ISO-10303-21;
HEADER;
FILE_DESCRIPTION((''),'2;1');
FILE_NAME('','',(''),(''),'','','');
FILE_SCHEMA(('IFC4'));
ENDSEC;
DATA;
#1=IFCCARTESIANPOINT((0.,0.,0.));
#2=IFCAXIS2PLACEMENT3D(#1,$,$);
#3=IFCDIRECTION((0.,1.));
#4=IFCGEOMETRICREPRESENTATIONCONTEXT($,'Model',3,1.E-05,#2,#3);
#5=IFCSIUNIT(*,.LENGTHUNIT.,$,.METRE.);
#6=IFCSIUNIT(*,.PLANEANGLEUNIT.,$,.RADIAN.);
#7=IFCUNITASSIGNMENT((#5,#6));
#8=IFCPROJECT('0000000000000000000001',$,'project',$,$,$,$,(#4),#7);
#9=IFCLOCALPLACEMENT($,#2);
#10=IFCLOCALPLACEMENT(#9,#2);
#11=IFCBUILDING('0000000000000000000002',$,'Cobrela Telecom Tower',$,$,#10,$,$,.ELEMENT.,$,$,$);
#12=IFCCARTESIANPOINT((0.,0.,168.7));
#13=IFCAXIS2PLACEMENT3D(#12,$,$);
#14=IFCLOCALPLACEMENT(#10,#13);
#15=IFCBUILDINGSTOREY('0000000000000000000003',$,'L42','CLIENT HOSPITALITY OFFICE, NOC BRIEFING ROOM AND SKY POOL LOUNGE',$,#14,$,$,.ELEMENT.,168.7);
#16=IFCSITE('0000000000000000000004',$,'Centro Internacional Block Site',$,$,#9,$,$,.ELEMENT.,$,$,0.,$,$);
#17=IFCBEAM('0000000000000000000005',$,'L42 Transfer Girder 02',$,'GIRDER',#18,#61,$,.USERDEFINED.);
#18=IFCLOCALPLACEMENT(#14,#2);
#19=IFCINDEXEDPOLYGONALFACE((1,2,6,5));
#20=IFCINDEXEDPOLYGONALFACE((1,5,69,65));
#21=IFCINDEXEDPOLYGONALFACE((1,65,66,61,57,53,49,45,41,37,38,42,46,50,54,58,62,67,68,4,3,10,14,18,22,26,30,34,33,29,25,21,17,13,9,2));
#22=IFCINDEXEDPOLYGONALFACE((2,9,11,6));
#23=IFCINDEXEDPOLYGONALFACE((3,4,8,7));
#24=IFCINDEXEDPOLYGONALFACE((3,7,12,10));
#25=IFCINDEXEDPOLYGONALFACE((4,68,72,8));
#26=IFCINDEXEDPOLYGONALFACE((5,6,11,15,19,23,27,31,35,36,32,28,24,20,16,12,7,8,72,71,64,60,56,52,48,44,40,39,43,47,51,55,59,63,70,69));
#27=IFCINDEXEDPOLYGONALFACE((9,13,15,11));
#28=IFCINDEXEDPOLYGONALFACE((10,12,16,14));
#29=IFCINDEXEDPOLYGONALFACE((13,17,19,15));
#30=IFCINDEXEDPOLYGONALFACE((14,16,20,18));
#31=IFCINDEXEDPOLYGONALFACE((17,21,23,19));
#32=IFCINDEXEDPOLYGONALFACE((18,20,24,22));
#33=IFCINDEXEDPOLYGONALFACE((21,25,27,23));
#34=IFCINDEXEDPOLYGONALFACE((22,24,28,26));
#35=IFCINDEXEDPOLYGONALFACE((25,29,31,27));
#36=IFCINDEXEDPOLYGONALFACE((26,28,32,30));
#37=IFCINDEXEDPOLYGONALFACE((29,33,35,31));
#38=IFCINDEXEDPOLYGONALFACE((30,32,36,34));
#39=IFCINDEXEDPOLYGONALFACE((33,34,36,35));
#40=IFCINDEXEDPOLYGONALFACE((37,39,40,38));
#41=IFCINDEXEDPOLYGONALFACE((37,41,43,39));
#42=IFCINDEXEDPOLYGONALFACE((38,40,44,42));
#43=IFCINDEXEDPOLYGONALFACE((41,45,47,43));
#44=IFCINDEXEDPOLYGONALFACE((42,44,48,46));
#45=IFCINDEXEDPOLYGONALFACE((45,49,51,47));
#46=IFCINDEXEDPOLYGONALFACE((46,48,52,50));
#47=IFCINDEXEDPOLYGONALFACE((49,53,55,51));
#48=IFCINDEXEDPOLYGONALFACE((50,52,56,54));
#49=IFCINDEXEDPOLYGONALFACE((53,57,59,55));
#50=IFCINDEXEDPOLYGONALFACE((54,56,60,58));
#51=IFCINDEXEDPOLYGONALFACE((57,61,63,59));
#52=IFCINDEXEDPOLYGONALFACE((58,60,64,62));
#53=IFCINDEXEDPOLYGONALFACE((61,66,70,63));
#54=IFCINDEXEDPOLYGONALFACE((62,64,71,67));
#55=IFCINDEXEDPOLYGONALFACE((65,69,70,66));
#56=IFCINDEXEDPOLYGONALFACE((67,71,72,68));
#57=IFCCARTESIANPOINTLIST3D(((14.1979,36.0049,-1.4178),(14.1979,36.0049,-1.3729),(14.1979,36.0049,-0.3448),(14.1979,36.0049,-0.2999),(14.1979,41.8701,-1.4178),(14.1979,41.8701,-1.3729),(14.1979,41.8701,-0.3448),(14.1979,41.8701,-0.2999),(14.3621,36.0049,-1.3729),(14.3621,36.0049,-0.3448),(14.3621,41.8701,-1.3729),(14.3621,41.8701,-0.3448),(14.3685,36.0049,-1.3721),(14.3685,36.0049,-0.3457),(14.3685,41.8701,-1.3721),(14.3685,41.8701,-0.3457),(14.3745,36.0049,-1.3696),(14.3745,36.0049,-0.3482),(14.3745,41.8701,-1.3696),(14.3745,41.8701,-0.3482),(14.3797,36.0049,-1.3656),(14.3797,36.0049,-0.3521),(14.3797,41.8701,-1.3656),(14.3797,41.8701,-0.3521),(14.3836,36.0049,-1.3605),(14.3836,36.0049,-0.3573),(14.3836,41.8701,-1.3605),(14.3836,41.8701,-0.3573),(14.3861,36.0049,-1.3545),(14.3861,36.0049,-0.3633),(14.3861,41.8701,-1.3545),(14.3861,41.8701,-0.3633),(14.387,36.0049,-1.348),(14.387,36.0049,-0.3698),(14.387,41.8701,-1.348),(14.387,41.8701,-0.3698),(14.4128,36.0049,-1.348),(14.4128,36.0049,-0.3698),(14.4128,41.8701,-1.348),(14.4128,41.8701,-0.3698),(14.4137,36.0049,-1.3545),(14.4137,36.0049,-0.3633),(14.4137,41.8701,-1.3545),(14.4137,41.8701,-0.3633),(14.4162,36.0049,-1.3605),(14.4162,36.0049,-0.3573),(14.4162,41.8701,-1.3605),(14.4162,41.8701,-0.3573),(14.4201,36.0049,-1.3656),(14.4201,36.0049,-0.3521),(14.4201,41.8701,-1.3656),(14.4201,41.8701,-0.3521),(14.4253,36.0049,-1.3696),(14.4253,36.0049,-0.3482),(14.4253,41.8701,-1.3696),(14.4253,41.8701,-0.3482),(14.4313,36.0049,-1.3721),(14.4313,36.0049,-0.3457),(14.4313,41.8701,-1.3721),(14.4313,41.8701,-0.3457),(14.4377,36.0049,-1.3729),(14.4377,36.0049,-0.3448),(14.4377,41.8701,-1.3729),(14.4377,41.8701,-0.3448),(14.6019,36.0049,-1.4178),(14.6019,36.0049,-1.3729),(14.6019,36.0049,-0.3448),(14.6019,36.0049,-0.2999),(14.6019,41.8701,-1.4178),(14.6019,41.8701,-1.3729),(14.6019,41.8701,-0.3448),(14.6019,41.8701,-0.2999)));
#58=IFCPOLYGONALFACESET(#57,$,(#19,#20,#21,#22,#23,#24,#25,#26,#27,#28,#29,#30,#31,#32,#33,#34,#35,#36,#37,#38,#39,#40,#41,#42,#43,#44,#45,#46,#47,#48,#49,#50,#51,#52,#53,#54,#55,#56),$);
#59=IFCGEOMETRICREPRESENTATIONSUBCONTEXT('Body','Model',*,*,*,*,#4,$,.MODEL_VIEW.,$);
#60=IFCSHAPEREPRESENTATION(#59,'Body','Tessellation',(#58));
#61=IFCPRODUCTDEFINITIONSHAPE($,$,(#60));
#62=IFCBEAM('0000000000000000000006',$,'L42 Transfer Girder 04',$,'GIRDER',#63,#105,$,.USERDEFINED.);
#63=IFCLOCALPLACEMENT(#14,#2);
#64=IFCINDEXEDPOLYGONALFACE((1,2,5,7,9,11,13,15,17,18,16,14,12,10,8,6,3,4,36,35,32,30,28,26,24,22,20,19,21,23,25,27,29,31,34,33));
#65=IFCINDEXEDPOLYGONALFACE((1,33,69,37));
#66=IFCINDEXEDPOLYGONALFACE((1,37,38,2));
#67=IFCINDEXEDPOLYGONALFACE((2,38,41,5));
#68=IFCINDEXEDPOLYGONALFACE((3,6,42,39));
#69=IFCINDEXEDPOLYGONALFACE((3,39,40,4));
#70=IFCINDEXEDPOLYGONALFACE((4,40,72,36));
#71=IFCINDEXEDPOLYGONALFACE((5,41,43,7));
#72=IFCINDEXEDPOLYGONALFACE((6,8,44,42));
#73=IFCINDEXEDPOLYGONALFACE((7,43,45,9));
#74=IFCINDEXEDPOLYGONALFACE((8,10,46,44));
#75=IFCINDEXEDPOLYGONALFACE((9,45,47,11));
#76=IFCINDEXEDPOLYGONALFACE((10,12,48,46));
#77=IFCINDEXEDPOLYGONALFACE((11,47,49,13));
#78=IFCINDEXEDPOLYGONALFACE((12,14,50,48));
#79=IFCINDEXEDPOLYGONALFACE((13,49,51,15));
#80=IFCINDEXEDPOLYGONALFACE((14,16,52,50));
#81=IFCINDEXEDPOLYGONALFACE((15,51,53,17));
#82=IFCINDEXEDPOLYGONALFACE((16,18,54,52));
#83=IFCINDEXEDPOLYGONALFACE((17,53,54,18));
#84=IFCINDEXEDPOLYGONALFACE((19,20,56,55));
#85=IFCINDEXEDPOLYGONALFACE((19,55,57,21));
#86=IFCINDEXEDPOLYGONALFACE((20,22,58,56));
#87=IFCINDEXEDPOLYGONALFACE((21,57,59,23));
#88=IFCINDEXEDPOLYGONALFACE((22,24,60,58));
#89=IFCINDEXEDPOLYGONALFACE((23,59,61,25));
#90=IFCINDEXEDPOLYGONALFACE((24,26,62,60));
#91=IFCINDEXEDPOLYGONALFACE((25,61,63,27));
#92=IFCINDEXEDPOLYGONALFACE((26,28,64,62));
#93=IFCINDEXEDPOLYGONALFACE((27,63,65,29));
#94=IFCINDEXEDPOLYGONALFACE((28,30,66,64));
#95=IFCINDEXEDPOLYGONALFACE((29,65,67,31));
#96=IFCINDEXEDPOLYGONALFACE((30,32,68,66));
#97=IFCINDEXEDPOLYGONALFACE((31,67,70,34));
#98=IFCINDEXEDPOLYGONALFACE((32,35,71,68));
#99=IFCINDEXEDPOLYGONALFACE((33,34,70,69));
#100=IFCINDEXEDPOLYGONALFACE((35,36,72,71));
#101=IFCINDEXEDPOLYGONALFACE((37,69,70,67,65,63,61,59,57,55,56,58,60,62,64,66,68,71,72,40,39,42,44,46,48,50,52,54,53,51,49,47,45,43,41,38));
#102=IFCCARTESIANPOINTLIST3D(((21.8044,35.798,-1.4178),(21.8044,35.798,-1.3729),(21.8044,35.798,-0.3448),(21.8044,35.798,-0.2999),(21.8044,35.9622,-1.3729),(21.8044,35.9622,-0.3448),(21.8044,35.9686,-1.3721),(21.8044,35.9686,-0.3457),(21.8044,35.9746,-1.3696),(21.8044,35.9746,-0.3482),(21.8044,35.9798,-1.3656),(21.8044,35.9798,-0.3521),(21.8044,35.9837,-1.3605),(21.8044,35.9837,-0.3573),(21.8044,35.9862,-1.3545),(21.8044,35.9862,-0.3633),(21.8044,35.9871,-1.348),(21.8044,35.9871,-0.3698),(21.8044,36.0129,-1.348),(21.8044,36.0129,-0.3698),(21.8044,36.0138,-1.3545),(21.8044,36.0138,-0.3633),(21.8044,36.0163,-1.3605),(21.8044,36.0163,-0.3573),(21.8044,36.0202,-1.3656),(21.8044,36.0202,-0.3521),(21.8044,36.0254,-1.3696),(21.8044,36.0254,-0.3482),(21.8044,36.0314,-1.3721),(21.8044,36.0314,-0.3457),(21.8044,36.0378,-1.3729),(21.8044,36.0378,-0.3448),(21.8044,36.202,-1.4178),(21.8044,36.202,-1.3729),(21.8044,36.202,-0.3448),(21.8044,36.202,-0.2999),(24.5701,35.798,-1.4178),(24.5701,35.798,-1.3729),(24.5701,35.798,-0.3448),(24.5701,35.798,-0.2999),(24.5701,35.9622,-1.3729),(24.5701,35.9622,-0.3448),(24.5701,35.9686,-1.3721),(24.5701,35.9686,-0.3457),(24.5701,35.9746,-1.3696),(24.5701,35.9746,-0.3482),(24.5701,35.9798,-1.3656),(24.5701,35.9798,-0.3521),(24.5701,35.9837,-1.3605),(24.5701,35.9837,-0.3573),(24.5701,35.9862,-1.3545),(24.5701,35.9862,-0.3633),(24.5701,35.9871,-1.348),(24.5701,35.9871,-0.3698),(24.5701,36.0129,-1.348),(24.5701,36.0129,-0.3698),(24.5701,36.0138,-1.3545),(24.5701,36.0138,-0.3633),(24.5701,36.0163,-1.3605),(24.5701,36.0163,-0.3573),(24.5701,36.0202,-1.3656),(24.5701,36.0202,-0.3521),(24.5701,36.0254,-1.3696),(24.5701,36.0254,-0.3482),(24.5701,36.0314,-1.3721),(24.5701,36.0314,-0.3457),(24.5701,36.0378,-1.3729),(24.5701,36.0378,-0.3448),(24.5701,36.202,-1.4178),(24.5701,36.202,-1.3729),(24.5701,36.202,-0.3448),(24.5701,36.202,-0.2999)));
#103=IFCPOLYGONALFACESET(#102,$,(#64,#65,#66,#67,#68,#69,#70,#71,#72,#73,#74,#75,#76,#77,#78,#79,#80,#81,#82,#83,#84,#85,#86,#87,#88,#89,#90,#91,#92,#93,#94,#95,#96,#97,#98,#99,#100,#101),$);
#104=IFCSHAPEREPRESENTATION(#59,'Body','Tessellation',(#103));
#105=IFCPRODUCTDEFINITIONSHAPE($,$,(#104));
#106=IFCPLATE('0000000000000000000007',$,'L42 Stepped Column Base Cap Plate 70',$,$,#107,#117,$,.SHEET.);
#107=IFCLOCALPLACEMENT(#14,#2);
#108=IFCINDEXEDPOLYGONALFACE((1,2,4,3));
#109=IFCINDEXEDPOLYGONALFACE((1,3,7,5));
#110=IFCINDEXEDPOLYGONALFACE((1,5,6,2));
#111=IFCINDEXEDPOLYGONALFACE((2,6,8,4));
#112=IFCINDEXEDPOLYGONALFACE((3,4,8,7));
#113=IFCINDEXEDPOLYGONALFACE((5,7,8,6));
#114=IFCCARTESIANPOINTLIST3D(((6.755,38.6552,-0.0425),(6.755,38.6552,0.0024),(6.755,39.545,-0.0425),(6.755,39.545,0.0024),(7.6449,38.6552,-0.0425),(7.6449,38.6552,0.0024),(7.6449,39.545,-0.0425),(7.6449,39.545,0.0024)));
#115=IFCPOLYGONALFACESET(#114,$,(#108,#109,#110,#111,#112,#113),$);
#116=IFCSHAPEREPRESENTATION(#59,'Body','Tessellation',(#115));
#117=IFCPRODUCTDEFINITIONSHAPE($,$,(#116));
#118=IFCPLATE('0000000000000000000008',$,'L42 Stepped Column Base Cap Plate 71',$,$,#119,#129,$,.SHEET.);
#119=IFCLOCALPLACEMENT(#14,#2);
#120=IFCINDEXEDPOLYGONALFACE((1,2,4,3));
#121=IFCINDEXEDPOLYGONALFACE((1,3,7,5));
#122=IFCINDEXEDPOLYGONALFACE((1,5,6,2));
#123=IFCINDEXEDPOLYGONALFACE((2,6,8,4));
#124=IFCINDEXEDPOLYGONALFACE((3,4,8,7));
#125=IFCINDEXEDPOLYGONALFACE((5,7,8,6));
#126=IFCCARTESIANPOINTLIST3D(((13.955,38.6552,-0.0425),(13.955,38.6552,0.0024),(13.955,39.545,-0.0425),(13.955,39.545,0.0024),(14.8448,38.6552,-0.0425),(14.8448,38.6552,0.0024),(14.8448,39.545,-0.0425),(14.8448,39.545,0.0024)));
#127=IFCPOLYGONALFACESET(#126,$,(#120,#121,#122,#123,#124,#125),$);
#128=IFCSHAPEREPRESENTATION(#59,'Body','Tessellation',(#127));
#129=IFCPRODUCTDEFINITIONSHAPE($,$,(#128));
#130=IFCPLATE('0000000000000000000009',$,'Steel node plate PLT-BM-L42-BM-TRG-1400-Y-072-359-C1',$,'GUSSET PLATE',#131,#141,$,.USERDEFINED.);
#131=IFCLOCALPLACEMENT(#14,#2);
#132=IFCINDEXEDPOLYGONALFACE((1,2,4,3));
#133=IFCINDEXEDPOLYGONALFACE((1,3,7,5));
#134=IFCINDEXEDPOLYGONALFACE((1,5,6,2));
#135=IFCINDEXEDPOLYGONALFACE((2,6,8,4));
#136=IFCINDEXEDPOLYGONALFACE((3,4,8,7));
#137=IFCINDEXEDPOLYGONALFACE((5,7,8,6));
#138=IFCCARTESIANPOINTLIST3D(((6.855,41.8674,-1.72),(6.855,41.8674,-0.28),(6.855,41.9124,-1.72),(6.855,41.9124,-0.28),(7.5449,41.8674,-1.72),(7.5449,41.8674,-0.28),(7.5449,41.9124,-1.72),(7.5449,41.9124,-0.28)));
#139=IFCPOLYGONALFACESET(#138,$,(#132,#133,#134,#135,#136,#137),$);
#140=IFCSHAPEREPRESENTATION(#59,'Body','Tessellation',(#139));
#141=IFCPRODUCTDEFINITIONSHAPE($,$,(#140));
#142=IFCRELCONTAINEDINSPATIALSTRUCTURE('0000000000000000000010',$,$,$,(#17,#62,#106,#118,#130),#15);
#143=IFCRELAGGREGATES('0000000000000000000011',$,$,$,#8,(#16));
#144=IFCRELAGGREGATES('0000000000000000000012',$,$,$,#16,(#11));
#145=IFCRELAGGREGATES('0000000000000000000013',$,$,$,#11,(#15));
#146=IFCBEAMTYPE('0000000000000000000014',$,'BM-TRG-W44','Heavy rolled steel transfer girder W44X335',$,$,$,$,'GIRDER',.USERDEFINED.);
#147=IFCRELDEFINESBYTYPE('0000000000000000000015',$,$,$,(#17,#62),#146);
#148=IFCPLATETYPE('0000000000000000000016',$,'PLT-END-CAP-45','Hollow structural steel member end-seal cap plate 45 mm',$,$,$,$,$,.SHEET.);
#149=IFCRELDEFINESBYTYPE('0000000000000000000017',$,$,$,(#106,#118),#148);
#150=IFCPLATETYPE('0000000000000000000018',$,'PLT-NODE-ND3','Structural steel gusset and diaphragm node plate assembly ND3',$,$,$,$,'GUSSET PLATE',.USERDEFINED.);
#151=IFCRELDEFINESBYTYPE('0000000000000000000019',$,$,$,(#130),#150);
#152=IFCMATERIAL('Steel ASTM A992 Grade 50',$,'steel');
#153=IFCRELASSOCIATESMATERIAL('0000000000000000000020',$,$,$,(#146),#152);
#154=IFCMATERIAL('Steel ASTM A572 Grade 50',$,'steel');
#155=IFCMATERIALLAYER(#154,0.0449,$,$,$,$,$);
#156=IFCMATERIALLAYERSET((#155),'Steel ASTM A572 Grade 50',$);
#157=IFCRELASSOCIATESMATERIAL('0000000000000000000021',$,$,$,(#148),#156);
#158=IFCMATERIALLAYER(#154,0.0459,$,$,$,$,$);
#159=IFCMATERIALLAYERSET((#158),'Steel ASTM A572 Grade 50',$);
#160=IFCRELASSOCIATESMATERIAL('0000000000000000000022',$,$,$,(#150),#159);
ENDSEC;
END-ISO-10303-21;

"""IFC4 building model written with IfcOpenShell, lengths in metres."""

from ifc_helpers import new_model, si_unit, direction, frame, origin, origin_2d, place, context, subcontext, project, spatial, rectangle, i_section, extrude, material, layer, layer_set, material_profile, profile_set, type_object, element, save


model = new_model("IFC4")

# Units and contexts
model_context = context("Model", 3, precision=1e-05, world=origin(), true_north=direction((0.0, 1.0)))
body_context = subcontext(model_context, "Body", "Model", "MODEL_VIEW")
ifc_project = project(units=[si_unit("LENGTHUNIT", "METRE"), si_unit("PLANEANGLEUNIT", "RADIAN")], contexts=[model_context])

# Site, building, storey
site_placement = place(None, origin())
site = spatial("IfcSite", under=ifc_project, at=site_placement, Name="Centro Internacional Block Site", CompositionType="ELEMENT", RefElevation=0.0)
building_placement = place(site_placement, origin())
building = spatial("IfcBuilding", under=site, at=building_placement, Name="Cobrela Telecom Tower", CompositionType="ELEMENT")
storey_placement = place(building_placement, frame((0.0, 0.0, 168.7)))
storey = spatial("IfcBuildingStorey", under=building, at=storey_placement, Name="L42", Description="CLIENT HOSPITALITY OFFICE, NOC BRIEFING ROOM AND SKY POOL LOUNGE", CompositionType="ELEMENT", Elevation=168.7)

# Shared definitions
ifc_material_1 = material(Name="Steel ASTM A572 Grade 50", Category="steel")

# Beams
ifc_material_2 = material(Name="Steel ASTM A992 Grade 50", Category="steel")
ifc_material_profile_1 = material_profile(ifc_material_2, i_section(OverallWidth=0.4041, OverallDepth=1.1179, WebThickness=0.0259, FlangeThickness=0.0449, FilletRadius=0.0249, at=origin_2d()), Name="W44X335")
ifc_profile_set_1 = profile_set([ifc_material_profile_1], Name="Steel ASTM A992 Grade 50")
beam_type_1 = type_object("IfcBeamType", Name="BM-TRG-W44", Description="Heavy rolled steel transfer girder W44X335", ElementType="GIRDER", PredefinedType="USERDEFINED", material=ifc_profile_set_1)
beam_1_placement = place(storey_placement, frame((14.3999, 36.0049, -0.8589), z_axis=(0.0, 1.0, 0.0), x_axis=(-1.0, 0.0, 0.0)))
element("IfcBeam", 1, at=beam_1_placement, inside=storey, type_object=beam_type_1, Name="L42 Transfer Girder 02", ObjectType="GIRDER", PredefinedType="USERDEFINED", context=body_context, shape_type="SweptSolid", body=[
    extrude(i_section(OverallWidth=0.4041, OverallDepth=1.1179, WebThickness=0.0259, FlangeThickness=0.0449, FilletRadius=0.0249, at=origin_2d()), origin(), (0.0, 0.0, 1.0), 5.8652),
])
beam_2_placement = place(storey_placement, frame((21.8044, 36.0, -0.8589), z_axis=(1.0, 0.0, 0.0), x_axis=(0.0, 1.0, 0.0)))
element("IfcBeam", 2, at=beam_2_placement, inside=storey, type_object=beam_type_1, Name="L42 Transfer Girder 04", ObjectType="GIRDER", PredefinedType="USERDEFINED", context=body_context, shape_type="SweptSolid", body=[
    extrude(i_section(OverallWidth=0.4041, OverallDepth=1.1179, WebThickness=0.0259, FlangeThickness=0.0449, FilletRadius=0.0249, at=origin_2d()), origin(), (0.0, 0.0, 1.0), 2.7656),
])

# Plates
ifc_layer_1 = layer(ifc_material_1, 0.0449)
ifc_layer_set_1 = layer_set([ifc_layer_1], Name="Steel ASTM A572 Grade 50")
plate_type_1 = type_object("IfcPlateType", Name="PLT-END-CAP-45", Description="Hollow structural steel member end-seal cap plate 45 mm", PredefinedType="SHEET", material=ifc_layer_set_1)
for number, where, z_axis, x_axis, name in (
    (3, (7.2, 39.1001, -0.0425), (0.0, 0.0, 1.0), (1.0, 0.0, 0.0), "L42 Stepped Column Base Cap Plate 70"),
    (4, (14.3999, 39.1001, -0.0425), (0.0, 0.0, 1.0), (1.0, 0.0, 0.0), "L42 Stepped Column Base Cap Plate 71"),
):
    element("IfcPlate", number, at=place(storey_placement, frame(where, z_axis=z_axis, x_axis=x_axis)), inside=storey, type_object=plate_type_1, Name=name, PredefinedType="SHEET", context=body_context, shape_type="SweptSolid", body=[
        extrude(rectangle(XDim=0.8899, YDim=0.8899, at=origin_2d()), origin(), (0.0, 0.0, 1.0), 0.0449),
    ])
ifc_layer_2 = layer(ifc_material_1, 0.0459)
ifc_layer_set_2 = layer_set([ifc_layer_2], Name="Steel ASTM A572 Grade 50")
plate_type_2 = type_object("IfcPlateType", Name="PLT-NODE-ND3", Description="Structural steel gusset and diaphragm node plate assembly ND3", ElementType="GUSSET PLATE", PredefinedType="USERDEFINED", material=ifc_layer_set_2)
plate_placement = place(storey_placement, frame((7.2, 41.8899, -1.72), z_axis=(0.0, 0.0, 1.0), x_axis=(0.0, 1.0, 0.0)))
element("IfcPlate", 5, at=plate_placement, inside=storey, type_object=plate_type_2, Name="Steel node plate PLT-BM-L42-BM-TRG-1400-Y-072-359-C1", ObjectType="GUSSET PLATE", PredefinedType="USERDEFINED", context=body_context, shape_type="SweptSolid", body=[
    extrude(rectangle(XDim=0.0449, YDim=0.6899, at=origin_2d()), origin(), (0.0, 0.0, 1.0), 1.4399),
])

save(model, "model.ifc")
